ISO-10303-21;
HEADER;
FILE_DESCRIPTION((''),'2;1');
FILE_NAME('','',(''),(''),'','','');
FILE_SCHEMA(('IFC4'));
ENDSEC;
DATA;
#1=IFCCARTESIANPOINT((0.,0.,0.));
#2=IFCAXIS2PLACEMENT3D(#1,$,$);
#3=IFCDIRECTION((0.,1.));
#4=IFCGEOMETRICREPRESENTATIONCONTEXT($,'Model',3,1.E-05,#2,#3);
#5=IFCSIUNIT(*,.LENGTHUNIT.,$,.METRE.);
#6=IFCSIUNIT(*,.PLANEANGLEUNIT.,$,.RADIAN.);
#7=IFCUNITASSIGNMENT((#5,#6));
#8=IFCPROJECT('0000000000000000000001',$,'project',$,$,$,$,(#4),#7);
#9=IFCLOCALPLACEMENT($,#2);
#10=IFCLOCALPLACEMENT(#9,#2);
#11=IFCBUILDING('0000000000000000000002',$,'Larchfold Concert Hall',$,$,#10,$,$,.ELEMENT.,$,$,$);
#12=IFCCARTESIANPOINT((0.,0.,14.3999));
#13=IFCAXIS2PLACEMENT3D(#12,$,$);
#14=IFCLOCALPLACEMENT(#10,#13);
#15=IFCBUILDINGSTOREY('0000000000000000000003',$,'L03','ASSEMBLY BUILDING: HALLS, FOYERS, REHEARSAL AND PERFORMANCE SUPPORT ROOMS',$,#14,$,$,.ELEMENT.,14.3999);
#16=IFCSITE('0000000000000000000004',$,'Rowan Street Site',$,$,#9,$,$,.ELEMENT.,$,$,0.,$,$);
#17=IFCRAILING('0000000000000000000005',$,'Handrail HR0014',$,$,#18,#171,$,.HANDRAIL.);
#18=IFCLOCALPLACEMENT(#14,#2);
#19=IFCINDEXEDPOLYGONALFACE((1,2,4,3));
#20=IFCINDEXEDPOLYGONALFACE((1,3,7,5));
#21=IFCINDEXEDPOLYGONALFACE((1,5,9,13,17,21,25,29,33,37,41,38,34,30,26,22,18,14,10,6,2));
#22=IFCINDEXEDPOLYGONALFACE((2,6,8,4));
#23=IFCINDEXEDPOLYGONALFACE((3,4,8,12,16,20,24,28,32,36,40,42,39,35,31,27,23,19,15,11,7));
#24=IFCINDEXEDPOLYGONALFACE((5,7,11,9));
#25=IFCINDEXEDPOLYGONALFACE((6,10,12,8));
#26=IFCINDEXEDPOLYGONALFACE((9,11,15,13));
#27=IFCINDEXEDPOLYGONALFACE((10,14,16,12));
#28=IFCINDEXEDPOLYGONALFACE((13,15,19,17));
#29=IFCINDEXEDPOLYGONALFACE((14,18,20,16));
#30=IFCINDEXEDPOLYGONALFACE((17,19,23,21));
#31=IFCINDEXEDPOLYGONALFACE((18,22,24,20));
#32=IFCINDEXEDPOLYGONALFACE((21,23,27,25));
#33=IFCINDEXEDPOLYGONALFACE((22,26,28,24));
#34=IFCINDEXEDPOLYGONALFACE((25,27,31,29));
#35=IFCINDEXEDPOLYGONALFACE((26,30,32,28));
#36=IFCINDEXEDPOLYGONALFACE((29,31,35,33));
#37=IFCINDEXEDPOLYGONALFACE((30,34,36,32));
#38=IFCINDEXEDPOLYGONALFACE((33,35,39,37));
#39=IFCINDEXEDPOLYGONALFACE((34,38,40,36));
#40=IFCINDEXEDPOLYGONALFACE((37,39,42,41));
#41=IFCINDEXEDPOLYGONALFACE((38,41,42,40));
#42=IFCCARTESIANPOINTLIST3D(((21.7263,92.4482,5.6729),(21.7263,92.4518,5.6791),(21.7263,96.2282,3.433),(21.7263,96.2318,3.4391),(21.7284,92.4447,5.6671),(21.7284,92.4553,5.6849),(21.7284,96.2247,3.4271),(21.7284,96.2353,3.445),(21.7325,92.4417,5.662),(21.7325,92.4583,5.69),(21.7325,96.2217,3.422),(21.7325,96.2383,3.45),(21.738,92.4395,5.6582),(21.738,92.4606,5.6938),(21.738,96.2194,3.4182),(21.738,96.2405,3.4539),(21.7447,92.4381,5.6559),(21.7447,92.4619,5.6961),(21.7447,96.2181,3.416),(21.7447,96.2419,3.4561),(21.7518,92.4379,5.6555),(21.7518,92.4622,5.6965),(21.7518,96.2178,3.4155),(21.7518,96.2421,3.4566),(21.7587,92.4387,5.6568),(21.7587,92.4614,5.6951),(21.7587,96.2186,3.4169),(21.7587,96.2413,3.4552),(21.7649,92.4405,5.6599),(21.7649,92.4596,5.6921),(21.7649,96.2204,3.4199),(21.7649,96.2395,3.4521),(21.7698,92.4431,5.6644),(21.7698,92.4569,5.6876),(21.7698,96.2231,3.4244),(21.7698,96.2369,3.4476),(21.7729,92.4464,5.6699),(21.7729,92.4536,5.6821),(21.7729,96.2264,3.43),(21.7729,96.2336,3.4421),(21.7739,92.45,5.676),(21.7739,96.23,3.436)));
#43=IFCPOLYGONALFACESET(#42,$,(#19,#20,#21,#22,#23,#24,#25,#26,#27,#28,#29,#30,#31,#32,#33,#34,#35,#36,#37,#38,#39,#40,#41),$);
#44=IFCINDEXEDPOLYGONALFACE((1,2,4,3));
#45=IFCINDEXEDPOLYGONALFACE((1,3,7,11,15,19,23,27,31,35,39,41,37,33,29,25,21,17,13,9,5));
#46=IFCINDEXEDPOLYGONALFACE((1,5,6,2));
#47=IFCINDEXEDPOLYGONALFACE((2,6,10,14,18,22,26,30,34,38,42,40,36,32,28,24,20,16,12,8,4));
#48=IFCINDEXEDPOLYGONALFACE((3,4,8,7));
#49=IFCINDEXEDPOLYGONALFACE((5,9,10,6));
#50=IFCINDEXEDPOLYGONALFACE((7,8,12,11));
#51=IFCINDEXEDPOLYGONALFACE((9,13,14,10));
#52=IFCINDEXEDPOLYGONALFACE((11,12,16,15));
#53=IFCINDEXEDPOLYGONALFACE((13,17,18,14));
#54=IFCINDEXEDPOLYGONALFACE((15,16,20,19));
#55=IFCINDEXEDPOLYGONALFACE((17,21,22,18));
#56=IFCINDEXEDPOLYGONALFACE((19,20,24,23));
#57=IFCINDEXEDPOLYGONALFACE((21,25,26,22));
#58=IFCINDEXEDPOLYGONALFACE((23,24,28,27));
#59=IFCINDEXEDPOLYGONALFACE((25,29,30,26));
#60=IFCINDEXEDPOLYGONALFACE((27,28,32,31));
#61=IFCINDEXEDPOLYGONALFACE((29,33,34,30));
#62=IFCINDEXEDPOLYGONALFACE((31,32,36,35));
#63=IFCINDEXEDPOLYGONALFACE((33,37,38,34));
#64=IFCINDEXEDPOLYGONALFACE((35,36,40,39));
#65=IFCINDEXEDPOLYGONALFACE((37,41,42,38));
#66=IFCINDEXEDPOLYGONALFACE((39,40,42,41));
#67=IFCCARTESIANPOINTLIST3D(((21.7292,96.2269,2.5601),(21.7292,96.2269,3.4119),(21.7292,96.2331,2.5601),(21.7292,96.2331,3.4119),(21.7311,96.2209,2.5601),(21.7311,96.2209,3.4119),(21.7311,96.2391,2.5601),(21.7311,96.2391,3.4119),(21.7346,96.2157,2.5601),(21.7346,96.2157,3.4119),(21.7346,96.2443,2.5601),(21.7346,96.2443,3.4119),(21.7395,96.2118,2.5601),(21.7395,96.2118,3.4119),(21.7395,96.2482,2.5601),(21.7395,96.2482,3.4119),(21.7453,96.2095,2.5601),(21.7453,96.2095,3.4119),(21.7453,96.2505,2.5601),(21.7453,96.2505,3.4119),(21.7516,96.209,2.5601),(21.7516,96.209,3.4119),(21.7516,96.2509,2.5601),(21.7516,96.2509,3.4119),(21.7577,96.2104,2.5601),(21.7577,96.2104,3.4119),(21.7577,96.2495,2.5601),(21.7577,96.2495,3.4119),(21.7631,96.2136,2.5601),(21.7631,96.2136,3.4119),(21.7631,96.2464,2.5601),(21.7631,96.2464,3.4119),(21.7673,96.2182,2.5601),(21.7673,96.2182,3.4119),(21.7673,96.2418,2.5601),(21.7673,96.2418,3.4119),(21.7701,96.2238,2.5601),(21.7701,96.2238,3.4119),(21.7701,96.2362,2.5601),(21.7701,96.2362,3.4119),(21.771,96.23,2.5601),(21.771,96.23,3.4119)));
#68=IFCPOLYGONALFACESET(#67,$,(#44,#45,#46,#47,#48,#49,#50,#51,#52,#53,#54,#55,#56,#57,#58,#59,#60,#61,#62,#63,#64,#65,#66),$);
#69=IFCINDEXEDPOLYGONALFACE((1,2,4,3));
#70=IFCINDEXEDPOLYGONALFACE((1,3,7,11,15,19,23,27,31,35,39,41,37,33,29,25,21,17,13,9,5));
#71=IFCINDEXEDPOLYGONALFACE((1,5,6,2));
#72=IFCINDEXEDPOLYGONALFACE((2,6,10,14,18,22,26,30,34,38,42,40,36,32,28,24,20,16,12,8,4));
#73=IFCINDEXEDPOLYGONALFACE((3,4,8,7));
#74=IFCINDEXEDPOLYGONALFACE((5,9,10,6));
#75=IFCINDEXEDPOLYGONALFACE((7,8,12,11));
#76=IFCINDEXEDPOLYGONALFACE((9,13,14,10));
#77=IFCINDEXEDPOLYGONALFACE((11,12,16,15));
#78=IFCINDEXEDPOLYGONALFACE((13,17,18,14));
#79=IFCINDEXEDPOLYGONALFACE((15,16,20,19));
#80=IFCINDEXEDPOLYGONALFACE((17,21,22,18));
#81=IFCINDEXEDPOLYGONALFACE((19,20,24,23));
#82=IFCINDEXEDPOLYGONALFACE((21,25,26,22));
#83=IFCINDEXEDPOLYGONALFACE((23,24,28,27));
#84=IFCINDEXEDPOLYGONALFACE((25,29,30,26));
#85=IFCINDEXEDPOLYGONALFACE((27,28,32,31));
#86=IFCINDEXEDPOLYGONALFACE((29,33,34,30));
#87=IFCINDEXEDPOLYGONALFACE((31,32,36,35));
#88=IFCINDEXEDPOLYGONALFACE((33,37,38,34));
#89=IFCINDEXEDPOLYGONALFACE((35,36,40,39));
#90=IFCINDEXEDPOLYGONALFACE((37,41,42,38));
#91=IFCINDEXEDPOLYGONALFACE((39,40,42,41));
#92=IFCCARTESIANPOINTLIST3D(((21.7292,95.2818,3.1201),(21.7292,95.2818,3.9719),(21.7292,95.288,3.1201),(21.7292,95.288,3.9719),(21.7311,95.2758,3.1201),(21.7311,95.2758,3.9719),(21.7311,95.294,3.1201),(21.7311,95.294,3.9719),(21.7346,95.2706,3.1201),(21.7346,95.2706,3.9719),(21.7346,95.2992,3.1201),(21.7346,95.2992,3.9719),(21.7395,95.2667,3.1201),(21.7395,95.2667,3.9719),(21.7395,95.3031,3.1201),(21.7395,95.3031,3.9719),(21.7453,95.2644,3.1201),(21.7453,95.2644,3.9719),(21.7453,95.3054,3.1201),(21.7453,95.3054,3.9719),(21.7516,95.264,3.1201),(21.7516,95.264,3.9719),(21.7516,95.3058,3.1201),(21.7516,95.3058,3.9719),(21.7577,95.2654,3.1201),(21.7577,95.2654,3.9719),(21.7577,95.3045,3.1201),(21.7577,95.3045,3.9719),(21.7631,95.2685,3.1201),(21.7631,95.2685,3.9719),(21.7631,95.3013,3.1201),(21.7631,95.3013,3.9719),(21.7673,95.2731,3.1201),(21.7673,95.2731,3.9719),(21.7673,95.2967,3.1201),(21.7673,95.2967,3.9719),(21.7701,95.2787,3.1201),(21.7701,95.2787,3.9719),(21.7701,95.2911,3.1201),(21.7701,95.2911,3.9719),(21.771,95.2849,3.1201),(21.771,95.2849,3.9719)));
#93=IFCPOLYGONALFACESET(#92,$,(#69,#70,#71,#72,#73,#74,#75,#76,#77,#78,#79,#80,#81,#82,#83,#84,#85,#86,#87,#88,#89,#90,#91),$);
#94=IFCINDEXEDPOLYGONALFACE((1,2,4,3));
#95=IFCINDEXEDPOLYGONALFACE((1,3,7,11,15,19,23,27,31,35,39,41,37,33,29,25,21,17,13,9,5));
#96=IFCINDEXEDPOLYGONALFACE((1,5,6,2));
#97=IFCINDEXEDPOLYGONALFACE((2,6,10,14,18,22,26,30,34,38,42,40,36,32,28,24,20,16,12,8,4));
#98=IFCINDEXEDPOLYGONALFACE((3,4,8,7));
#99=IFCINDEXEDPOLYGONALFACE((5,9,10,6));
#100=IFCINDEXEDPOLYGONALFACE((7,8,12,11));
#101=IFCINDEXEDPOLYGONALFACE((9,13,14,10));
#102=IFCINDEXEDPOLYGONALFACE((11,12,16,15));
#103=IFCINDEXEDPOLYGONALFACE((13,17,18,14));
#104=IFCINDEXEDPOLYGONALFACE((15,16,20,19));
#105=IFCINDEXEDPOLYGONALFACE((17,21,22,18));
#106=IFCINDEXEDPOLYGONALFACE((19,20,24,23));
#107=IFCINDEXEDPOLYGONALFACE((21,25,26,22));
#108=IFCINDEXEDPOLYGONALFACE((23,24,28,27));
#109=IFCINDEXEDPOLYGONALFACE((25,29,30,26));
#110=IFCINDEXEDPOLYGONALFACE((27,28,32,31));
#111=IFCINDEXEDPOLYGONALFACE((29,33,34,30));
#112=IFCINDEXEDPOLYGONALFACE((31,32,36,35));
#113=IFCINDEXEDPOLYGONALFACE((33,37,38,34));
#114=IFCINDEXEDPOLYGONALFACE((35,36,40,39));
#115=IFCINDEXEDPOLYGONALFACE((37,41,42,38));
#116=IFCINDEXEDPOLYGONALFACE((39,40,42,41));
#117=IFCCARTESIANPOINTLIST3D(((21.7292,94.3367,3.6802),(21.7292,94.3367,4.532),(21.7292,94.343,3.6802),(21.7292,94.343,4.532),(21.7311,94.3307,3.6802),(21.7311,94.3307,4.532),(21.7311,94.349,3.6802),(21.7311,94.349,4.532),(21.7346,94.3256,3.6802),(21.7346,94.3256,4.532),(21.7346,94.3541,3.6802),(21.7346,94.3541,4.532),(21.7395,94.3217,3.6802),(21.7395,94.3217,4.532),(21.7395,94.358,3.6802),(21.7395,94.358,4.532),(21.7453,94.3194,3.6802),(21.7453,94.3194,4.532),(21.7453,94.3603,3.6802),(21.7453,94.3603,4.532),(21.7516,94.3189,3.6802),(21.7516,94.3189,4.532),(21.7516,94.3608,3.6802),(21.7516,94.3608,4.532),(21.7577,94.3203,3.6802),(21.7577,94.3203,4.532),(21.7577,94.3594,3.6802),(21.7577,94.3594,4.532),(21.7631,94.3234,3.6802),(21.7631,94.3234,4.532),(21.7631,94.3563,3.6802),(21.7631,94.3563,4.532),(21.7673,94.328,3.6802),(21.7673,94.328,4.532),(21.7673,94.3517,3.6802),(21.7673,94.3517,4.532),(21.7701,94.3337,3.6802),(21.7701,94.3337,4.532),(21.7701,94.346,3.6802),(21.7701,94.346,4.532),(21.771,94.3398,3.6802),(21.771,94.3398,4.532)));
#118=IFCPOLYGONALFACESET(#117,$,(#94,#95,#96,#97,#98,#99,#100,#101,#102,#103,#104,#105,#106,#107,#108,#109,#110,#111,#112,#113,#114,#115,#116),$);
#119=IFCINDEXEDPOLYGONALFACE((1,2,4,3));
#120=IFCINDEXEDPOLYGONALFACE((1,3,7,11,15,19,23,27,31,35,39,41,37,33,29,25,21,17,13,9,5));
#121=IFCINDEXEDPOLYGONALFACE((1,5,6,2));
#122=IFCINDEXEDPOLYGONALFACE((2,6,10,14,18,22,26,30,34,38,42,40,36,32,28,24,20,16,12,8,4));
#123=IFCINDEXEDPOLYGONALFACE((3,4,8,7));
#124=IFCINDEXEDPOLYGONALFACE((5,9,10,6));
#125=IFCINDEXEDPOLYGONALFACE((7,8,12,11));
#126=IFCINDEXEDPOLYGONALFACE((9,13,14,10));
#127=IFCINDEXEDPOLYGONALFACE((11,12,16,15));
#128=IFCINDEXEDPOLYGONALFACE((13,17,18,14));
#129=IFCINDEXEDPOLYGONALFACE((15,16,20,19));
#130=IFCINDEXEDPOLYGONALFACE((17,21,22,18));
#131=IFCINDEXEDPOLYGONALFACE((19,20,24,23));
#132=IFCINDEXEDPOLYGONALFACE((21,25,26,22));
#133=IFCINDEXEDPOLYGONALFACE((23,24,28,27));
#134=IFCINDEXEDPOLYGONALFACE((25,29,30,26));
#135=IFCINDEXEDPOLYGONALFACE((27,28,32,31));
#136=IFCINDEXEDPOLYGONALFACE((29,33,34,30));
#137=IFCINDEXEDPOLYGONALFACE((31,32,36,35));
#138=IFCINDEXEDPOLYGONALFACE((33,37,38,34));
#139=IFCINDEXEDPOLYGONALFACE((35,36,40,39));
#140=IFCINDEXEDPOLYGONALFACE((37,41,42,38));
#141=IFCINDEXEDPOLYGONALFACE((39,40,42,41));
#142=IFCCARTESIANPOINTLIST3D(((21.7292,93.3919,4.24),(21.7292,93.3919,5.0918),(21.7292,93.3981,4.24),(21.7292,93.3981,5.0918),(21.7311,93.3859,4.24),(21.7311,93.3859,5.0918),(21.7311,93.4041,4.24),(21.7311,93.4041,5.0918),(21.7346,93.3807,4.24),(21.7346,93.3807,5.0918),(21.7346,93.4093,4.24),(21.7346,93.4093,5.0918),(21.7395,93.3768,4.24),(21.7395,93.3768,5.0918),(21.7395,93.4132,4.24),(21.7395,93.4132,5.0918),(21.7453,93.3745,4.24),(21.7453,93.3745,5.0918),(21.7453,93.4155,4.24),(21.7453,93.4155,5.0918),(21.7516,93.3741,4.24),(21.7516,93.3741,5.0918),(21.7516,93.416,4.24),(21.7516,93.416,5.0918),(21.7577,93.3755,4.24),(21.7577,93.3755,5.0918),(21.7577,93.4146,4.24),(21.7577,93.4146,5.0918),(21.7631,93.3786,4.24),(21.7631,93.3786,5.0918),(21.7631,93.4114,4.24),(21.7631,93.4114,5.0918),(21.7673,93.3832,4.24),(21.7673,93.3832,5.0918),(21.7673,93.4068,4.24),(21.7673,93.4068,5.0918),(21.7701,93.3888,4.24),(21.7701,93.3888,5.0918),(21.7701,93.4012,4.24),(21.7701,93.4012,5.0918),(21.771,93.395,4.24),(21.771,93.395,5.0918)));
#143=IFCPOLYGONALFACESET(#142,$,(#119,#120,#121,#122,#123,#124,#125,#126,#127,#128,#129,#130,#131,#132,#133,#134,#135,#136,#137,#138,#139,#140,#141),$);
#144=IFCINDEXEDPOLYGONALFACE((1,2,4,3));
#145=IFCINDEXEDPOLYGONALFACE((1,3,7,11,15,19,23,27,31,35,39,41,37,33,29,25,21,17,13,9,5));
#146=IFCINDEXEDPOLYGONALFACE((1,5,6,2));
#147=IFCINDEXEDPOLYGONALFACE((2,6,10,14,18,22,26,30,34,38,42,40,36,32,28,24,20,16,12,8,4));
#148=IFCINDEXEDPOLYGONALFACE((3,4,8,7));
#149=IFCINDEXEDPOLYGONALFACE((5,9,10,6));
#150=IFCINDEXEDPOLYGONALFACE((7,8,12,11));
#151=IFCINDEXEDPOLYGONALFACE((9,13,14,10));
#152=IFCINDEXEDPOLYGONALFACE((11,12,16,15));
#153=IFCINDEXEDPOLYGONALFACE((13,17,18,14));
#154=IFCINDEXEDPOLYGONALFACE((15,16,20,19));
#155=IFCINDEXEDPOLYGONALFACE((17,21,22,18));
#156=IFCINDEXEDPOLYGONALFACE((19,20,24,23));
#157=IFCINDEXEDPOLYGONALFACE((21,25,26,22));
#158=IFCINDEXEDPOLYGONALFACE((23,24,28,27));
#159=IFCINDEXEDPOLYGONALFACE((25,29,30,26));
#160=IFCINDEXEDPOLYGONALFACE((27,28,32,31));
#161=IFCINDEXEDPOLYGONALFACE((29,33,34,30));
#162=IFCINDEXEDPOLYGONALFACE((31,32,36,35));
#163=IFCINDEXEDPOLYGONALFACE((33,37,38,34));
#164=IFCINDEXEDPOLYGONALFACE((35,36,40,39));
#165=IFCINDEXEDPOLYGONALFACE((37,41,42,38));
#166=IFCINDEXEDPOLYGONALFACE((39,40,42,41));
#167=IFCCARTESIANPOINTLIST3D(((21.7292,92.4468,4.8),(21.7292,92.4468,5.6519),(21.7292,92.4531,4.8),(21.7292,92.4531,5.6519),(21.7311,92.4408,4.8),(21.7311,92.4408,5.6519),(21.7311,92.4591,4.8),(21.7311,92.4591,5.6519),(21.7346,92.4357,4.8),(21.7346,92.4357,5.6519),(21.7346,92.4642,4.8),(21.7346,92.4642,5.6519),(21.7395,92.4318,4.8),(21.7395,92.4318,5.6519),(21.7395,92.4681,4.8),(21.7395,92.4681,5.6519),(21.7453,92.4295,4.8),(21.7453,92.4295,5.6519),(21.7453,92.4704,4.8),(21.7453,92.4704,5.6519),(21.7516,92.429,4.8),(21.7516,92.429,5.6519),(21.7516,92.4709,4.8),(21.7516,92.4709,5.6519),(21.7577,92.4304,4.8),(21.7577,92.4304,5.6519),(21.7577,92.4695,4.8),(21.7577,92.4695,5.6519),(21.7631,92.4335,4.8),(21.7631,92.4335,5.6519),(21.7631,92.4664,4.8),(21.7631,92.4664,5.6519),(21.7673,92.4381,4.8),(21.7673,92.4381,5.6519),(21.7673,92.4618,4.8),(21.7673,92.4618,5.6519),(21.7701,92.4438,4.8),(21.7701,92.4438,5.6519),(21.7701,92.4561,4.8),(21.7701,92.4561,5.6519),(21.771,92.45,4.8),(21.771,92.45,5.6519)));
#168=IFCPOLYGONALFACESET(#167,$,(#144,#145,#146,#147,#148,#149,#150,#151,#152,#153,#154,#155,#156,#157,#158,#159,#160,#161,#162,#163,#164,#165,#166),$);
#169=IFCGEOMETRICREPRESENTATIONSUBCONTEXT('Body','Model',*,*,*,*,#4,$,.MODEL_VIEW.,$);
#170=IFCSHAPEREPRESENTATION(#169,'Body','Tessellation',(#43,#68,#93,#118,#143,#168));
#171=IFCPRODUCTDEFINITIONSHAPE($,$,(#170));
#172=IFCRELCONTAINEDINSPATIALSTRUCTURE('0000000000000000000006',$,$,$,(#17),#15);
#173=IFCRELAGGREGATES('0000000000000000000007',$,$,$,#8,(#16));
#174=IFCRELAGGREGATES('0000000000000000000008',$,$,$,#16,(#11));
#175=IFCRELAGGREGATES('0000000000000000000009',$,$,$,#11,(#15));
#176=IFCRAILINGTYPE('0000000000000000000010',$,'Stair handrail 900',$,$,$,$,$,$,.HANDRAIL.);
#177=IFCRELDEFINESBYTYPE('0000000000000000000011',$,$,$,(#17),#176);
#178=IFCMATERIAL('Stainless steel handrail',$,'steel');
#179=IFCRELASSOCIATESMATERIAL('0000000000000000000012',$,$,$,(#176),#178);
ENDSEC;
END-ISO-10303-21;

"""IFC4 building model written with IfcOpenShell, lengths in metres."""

from ifc_helpers import new_model, si_unit, direction, frame, origin, origin_2d, place, context, subcontext, project, spatial, circle, extrude, material, type_object, element, save


model = new_model("IFC4")

# Units and contexts
model_context = context("Model", 3, precision=1e-05, world=origin(), true_north=direction((0.0, 1.0)))
body_context = subcontext(model_context, "Body", "Model", "MODEL_VIEW")
ifc_project = project(units=[si_unit("LENGTHUNIT", "METRE"), si_unit("PLANEANGLEUNIT", "RADIAN")], contexts=[model_context])

# Site, building, storey
site_placement = place(None, origin())
site = spatial("IfcSite", under=ifc_project, at=site_placement, Name="Rowan Street Site", CompositionType="ELEMENT", RefElevation=0.0)
building_placement = place(site_placement, origin())
building = spatial("IfcBuilding", under=site, at=building_placement, Name="Larchfold Concert Hall", CompositionType="ELEMENT")
storey_placement = place(building_placement, frame((0.0, 0.0, 14.3999)))
storey = spatial("IfcBuildingStorey", under=building, at=storey_placement, Name="L03", Description="ASSEMBLY BUILDING: HALLS, FOYERS, REHEARSAL AND PERFORMANCE SUPPORT ROOMS", CompositionType="ELEMENT", Elevation=14.3999)

# Railing
ifc_material_1 = material(Name="Stainless steel handrail", Category="steel")
railing_type = type_object("IfcRailingType", Name="Stair handrail 900", PredefinedType="HANDRAIL", material=ifc_material_1)
railing_placement = place(storey_placement, frame((21.75, 96.23, 2.5601)))
element("IfcRailing", 1, at=railing_placement, inside=storey, type_object=railing_type, Name="Handrail HR0014", PredefinedType="HANDRAIL", context=body_context, shape_type="SweptSolid", body=[
    extrude(circle(Radius=0.0239, at=origin_2d()), frame((0.0, 0.0, 0.876), z_axis=(0.0, -0.860294, 0.509798), x_axis=(1.0, 0.0, 0.0)), (0.0, 0.0, 1.0), 4.3938),
    extrude(circle(Radius=0.021, at=origin_2d()), origin(), (0.0, 0.0, 1.0), 0.8518),
    extrude(circle(Radius=0.021, at=origin_2d()), frame((0.0, -0.9451, 0.5601)), (0.0, 0.0, 1.0), 0.8518),
    extrude(circle(Radius=0.021, at=origin_2d()), frame((0.0, -1.8901, 1.1201)), (0.0, 0.0, 1.0), 0.8518),
    extrude(circle(Radius=0.021, at=origin_2d()), frame((0.0, -2.835, 1.6799)), (0.0, 0.0, 1.0), 0.8518),
    extrude(circle(Radius=0.021, at=origin_2d()), frame((0.0, -3.78, 2.24)), (0.0, 0.0, 1.0), 0.8518),
])

save(model, "model.ifc")
